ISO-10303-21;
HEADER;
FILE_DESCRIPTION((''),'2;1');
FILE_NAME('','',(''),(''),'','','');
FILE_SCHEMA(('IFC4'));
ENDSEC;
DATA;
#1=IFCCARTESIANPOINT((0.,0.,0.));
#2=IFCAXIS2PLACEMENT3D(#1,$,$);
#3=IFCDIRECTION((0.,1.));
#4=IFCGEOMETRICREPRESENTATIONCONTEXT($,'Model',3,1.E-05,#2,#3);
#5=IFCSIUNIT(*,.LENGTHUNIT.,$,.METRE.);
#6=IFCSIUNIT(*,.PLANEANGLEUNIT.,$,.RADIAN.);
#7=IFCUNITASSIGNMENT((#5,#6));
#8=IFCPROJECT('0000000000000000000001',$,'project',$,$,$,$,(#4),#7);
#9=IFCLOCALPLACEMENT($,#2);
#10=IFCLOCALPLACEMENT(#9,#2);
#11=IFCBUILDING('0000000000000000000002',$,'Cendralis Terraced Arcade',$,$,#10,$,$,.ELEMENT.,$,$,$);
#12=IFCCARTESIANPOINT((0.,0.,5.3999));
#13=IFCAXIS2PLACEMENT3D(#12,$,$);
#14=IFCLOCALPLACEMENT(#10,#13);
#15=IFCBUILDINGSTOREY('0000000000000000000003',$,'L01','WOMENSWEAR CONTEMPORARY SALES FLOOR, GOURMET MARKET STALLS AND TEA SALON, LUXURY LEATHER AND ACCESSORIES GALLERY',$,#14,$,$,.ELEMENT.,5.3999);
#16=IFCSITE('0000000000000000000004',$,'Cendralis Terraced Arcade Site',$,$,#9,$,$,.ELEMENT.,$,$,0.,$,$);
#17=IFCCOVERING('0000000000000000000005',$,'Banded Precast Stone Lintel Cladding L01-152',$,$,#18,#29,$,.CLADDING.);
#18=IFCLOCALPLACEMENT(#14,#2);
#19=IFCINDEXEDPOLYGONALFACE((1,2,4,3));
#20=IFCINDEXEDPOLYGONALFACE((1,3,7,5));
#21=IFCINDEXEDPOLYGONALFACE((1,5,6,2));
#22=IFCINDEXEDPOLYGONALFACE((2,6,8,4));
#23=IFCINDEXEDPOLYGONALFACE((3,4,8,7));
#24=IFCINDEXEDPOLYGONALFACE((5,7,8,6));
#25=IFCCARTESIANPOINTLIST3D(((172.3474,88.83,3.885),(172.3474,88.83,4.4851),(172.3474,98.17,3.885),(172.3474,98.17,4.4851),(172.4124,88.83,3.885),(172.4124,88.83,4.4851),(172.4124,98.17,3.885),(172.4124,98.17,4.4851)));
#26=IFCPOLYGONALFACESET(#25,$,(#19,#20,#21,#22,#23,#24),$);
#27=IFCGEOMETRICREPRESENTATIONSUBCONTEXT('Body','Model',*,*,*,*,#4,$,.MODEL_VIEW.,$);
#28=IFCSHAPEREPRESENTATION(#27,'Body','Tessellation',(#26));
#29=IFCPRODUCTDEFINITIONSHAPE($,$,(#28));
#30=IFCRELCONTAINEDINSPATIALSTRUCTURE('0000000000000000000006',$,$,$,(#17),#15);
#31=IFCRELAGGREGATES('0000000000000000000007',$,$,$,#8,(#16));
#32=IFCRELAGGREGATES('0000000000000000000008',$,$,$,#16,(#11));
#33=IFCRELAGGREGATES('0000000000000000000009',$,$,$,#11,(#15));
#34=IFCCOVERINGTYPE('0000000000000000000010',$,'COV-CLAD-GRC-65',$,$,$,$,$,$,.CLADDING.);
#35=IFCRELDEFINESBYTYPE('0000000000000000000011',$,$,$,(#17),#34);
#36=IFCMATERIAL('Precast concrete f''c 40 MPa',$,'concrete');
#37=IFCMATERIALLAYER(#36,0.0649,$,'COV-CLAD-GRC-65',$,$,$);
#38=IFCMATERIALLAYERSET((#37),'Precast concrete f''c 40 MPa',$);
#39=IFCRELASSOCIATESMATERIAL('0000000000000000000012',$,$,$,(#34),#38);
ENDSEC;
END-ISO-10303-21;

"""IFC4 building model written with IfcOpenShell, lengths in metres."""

from ifc_helpers import new_model, si_unit, direction, frame, origin, origin_2d, place, context, subcontext, project, spatial, rectangle, extrude, material, layer, layer_set, type_object, element, save


model = new_model("IFC4")

# Units and contexts
model_context = context("Model", 3, precision=1e-05, world=origin(), true_north=direction((0.0, 1.0)))
body_context = subcontext(model_context, "Body", "Model", "MODEL_VIEW")
ifc_project = project(units=[si_unit("LENGTHUNIT", "METRE"), si_unit("PLANEANGLEUNIT", "RADIAN")], contexts=[model_context])

# Site, building, storey
site_placement = place(None, origin())
site = spatial("IfcSite", under=ifc_project, at=site_placement, Name="Cendralis Terraced Arcade Site", CompositionType="ELEMENT", RefElevation=0.0)
building_placement = place(site_placement, origin())
building = spatial("IfcBuilding", under=site, at=building_placement, Name="Cendralis Terraced Arcade", CompositionType="ELEMENT")
storey_placement = place(building_placement, frame((0.0, 0.0, 5.3999)))
storey = spatial("IfcBuildingStorey", under=building, at=storey_placement, Name="L01", Description="WOMENSWEAR CONTEMPORARY SALES FLOOR, GOURMET MARKET STALLS AND TEA SALON, LUXURY LEATHER AND ACCESSORIES GALLERY", CompositionType="ELEMENT", Elevation=5.3999)

# Shared definitions
ifc_material_1 = material(Name="Precast concrete f'c 40 MPa", Category="concrete")

# Covering
ifc_layer_1 = layer(ifc_material_1, 0.0649, Name="COV-CLAD-GRC-65")
ifc_layer_set_1 = layer_set([ifc_layer_1], Name="Precast concrete f'c 40 MPa")
covering_type = type_object("IfcCoveringType", Name="COV-CLAD-GRC-65", PredefinedType="CLADDING", material=ifc_layer_set_1)
covering_1_placement = place(storey_placement, frame((172.3799, 93.5, 3.885), z_axis=(0.0, 0.0, 1.0), x_axis=(0.0, -1.0, 0.0)))
element("IfcCovering", 1, at=covering_1_placement, inside=storey, type_object=covering_type, Name="Banded Precast Stone Lintel Cladding L01-152", PredefinedType="CLADDING", context=body_context, shape_type="SweptSolid", body=[
    extrude(rectangle(XDim=9.3401, YDim=0.0649, at=origin_2d()), origin(), (0.0, 0.0, 1.0), 0.6001),
])

save(model, "model.ifc")
